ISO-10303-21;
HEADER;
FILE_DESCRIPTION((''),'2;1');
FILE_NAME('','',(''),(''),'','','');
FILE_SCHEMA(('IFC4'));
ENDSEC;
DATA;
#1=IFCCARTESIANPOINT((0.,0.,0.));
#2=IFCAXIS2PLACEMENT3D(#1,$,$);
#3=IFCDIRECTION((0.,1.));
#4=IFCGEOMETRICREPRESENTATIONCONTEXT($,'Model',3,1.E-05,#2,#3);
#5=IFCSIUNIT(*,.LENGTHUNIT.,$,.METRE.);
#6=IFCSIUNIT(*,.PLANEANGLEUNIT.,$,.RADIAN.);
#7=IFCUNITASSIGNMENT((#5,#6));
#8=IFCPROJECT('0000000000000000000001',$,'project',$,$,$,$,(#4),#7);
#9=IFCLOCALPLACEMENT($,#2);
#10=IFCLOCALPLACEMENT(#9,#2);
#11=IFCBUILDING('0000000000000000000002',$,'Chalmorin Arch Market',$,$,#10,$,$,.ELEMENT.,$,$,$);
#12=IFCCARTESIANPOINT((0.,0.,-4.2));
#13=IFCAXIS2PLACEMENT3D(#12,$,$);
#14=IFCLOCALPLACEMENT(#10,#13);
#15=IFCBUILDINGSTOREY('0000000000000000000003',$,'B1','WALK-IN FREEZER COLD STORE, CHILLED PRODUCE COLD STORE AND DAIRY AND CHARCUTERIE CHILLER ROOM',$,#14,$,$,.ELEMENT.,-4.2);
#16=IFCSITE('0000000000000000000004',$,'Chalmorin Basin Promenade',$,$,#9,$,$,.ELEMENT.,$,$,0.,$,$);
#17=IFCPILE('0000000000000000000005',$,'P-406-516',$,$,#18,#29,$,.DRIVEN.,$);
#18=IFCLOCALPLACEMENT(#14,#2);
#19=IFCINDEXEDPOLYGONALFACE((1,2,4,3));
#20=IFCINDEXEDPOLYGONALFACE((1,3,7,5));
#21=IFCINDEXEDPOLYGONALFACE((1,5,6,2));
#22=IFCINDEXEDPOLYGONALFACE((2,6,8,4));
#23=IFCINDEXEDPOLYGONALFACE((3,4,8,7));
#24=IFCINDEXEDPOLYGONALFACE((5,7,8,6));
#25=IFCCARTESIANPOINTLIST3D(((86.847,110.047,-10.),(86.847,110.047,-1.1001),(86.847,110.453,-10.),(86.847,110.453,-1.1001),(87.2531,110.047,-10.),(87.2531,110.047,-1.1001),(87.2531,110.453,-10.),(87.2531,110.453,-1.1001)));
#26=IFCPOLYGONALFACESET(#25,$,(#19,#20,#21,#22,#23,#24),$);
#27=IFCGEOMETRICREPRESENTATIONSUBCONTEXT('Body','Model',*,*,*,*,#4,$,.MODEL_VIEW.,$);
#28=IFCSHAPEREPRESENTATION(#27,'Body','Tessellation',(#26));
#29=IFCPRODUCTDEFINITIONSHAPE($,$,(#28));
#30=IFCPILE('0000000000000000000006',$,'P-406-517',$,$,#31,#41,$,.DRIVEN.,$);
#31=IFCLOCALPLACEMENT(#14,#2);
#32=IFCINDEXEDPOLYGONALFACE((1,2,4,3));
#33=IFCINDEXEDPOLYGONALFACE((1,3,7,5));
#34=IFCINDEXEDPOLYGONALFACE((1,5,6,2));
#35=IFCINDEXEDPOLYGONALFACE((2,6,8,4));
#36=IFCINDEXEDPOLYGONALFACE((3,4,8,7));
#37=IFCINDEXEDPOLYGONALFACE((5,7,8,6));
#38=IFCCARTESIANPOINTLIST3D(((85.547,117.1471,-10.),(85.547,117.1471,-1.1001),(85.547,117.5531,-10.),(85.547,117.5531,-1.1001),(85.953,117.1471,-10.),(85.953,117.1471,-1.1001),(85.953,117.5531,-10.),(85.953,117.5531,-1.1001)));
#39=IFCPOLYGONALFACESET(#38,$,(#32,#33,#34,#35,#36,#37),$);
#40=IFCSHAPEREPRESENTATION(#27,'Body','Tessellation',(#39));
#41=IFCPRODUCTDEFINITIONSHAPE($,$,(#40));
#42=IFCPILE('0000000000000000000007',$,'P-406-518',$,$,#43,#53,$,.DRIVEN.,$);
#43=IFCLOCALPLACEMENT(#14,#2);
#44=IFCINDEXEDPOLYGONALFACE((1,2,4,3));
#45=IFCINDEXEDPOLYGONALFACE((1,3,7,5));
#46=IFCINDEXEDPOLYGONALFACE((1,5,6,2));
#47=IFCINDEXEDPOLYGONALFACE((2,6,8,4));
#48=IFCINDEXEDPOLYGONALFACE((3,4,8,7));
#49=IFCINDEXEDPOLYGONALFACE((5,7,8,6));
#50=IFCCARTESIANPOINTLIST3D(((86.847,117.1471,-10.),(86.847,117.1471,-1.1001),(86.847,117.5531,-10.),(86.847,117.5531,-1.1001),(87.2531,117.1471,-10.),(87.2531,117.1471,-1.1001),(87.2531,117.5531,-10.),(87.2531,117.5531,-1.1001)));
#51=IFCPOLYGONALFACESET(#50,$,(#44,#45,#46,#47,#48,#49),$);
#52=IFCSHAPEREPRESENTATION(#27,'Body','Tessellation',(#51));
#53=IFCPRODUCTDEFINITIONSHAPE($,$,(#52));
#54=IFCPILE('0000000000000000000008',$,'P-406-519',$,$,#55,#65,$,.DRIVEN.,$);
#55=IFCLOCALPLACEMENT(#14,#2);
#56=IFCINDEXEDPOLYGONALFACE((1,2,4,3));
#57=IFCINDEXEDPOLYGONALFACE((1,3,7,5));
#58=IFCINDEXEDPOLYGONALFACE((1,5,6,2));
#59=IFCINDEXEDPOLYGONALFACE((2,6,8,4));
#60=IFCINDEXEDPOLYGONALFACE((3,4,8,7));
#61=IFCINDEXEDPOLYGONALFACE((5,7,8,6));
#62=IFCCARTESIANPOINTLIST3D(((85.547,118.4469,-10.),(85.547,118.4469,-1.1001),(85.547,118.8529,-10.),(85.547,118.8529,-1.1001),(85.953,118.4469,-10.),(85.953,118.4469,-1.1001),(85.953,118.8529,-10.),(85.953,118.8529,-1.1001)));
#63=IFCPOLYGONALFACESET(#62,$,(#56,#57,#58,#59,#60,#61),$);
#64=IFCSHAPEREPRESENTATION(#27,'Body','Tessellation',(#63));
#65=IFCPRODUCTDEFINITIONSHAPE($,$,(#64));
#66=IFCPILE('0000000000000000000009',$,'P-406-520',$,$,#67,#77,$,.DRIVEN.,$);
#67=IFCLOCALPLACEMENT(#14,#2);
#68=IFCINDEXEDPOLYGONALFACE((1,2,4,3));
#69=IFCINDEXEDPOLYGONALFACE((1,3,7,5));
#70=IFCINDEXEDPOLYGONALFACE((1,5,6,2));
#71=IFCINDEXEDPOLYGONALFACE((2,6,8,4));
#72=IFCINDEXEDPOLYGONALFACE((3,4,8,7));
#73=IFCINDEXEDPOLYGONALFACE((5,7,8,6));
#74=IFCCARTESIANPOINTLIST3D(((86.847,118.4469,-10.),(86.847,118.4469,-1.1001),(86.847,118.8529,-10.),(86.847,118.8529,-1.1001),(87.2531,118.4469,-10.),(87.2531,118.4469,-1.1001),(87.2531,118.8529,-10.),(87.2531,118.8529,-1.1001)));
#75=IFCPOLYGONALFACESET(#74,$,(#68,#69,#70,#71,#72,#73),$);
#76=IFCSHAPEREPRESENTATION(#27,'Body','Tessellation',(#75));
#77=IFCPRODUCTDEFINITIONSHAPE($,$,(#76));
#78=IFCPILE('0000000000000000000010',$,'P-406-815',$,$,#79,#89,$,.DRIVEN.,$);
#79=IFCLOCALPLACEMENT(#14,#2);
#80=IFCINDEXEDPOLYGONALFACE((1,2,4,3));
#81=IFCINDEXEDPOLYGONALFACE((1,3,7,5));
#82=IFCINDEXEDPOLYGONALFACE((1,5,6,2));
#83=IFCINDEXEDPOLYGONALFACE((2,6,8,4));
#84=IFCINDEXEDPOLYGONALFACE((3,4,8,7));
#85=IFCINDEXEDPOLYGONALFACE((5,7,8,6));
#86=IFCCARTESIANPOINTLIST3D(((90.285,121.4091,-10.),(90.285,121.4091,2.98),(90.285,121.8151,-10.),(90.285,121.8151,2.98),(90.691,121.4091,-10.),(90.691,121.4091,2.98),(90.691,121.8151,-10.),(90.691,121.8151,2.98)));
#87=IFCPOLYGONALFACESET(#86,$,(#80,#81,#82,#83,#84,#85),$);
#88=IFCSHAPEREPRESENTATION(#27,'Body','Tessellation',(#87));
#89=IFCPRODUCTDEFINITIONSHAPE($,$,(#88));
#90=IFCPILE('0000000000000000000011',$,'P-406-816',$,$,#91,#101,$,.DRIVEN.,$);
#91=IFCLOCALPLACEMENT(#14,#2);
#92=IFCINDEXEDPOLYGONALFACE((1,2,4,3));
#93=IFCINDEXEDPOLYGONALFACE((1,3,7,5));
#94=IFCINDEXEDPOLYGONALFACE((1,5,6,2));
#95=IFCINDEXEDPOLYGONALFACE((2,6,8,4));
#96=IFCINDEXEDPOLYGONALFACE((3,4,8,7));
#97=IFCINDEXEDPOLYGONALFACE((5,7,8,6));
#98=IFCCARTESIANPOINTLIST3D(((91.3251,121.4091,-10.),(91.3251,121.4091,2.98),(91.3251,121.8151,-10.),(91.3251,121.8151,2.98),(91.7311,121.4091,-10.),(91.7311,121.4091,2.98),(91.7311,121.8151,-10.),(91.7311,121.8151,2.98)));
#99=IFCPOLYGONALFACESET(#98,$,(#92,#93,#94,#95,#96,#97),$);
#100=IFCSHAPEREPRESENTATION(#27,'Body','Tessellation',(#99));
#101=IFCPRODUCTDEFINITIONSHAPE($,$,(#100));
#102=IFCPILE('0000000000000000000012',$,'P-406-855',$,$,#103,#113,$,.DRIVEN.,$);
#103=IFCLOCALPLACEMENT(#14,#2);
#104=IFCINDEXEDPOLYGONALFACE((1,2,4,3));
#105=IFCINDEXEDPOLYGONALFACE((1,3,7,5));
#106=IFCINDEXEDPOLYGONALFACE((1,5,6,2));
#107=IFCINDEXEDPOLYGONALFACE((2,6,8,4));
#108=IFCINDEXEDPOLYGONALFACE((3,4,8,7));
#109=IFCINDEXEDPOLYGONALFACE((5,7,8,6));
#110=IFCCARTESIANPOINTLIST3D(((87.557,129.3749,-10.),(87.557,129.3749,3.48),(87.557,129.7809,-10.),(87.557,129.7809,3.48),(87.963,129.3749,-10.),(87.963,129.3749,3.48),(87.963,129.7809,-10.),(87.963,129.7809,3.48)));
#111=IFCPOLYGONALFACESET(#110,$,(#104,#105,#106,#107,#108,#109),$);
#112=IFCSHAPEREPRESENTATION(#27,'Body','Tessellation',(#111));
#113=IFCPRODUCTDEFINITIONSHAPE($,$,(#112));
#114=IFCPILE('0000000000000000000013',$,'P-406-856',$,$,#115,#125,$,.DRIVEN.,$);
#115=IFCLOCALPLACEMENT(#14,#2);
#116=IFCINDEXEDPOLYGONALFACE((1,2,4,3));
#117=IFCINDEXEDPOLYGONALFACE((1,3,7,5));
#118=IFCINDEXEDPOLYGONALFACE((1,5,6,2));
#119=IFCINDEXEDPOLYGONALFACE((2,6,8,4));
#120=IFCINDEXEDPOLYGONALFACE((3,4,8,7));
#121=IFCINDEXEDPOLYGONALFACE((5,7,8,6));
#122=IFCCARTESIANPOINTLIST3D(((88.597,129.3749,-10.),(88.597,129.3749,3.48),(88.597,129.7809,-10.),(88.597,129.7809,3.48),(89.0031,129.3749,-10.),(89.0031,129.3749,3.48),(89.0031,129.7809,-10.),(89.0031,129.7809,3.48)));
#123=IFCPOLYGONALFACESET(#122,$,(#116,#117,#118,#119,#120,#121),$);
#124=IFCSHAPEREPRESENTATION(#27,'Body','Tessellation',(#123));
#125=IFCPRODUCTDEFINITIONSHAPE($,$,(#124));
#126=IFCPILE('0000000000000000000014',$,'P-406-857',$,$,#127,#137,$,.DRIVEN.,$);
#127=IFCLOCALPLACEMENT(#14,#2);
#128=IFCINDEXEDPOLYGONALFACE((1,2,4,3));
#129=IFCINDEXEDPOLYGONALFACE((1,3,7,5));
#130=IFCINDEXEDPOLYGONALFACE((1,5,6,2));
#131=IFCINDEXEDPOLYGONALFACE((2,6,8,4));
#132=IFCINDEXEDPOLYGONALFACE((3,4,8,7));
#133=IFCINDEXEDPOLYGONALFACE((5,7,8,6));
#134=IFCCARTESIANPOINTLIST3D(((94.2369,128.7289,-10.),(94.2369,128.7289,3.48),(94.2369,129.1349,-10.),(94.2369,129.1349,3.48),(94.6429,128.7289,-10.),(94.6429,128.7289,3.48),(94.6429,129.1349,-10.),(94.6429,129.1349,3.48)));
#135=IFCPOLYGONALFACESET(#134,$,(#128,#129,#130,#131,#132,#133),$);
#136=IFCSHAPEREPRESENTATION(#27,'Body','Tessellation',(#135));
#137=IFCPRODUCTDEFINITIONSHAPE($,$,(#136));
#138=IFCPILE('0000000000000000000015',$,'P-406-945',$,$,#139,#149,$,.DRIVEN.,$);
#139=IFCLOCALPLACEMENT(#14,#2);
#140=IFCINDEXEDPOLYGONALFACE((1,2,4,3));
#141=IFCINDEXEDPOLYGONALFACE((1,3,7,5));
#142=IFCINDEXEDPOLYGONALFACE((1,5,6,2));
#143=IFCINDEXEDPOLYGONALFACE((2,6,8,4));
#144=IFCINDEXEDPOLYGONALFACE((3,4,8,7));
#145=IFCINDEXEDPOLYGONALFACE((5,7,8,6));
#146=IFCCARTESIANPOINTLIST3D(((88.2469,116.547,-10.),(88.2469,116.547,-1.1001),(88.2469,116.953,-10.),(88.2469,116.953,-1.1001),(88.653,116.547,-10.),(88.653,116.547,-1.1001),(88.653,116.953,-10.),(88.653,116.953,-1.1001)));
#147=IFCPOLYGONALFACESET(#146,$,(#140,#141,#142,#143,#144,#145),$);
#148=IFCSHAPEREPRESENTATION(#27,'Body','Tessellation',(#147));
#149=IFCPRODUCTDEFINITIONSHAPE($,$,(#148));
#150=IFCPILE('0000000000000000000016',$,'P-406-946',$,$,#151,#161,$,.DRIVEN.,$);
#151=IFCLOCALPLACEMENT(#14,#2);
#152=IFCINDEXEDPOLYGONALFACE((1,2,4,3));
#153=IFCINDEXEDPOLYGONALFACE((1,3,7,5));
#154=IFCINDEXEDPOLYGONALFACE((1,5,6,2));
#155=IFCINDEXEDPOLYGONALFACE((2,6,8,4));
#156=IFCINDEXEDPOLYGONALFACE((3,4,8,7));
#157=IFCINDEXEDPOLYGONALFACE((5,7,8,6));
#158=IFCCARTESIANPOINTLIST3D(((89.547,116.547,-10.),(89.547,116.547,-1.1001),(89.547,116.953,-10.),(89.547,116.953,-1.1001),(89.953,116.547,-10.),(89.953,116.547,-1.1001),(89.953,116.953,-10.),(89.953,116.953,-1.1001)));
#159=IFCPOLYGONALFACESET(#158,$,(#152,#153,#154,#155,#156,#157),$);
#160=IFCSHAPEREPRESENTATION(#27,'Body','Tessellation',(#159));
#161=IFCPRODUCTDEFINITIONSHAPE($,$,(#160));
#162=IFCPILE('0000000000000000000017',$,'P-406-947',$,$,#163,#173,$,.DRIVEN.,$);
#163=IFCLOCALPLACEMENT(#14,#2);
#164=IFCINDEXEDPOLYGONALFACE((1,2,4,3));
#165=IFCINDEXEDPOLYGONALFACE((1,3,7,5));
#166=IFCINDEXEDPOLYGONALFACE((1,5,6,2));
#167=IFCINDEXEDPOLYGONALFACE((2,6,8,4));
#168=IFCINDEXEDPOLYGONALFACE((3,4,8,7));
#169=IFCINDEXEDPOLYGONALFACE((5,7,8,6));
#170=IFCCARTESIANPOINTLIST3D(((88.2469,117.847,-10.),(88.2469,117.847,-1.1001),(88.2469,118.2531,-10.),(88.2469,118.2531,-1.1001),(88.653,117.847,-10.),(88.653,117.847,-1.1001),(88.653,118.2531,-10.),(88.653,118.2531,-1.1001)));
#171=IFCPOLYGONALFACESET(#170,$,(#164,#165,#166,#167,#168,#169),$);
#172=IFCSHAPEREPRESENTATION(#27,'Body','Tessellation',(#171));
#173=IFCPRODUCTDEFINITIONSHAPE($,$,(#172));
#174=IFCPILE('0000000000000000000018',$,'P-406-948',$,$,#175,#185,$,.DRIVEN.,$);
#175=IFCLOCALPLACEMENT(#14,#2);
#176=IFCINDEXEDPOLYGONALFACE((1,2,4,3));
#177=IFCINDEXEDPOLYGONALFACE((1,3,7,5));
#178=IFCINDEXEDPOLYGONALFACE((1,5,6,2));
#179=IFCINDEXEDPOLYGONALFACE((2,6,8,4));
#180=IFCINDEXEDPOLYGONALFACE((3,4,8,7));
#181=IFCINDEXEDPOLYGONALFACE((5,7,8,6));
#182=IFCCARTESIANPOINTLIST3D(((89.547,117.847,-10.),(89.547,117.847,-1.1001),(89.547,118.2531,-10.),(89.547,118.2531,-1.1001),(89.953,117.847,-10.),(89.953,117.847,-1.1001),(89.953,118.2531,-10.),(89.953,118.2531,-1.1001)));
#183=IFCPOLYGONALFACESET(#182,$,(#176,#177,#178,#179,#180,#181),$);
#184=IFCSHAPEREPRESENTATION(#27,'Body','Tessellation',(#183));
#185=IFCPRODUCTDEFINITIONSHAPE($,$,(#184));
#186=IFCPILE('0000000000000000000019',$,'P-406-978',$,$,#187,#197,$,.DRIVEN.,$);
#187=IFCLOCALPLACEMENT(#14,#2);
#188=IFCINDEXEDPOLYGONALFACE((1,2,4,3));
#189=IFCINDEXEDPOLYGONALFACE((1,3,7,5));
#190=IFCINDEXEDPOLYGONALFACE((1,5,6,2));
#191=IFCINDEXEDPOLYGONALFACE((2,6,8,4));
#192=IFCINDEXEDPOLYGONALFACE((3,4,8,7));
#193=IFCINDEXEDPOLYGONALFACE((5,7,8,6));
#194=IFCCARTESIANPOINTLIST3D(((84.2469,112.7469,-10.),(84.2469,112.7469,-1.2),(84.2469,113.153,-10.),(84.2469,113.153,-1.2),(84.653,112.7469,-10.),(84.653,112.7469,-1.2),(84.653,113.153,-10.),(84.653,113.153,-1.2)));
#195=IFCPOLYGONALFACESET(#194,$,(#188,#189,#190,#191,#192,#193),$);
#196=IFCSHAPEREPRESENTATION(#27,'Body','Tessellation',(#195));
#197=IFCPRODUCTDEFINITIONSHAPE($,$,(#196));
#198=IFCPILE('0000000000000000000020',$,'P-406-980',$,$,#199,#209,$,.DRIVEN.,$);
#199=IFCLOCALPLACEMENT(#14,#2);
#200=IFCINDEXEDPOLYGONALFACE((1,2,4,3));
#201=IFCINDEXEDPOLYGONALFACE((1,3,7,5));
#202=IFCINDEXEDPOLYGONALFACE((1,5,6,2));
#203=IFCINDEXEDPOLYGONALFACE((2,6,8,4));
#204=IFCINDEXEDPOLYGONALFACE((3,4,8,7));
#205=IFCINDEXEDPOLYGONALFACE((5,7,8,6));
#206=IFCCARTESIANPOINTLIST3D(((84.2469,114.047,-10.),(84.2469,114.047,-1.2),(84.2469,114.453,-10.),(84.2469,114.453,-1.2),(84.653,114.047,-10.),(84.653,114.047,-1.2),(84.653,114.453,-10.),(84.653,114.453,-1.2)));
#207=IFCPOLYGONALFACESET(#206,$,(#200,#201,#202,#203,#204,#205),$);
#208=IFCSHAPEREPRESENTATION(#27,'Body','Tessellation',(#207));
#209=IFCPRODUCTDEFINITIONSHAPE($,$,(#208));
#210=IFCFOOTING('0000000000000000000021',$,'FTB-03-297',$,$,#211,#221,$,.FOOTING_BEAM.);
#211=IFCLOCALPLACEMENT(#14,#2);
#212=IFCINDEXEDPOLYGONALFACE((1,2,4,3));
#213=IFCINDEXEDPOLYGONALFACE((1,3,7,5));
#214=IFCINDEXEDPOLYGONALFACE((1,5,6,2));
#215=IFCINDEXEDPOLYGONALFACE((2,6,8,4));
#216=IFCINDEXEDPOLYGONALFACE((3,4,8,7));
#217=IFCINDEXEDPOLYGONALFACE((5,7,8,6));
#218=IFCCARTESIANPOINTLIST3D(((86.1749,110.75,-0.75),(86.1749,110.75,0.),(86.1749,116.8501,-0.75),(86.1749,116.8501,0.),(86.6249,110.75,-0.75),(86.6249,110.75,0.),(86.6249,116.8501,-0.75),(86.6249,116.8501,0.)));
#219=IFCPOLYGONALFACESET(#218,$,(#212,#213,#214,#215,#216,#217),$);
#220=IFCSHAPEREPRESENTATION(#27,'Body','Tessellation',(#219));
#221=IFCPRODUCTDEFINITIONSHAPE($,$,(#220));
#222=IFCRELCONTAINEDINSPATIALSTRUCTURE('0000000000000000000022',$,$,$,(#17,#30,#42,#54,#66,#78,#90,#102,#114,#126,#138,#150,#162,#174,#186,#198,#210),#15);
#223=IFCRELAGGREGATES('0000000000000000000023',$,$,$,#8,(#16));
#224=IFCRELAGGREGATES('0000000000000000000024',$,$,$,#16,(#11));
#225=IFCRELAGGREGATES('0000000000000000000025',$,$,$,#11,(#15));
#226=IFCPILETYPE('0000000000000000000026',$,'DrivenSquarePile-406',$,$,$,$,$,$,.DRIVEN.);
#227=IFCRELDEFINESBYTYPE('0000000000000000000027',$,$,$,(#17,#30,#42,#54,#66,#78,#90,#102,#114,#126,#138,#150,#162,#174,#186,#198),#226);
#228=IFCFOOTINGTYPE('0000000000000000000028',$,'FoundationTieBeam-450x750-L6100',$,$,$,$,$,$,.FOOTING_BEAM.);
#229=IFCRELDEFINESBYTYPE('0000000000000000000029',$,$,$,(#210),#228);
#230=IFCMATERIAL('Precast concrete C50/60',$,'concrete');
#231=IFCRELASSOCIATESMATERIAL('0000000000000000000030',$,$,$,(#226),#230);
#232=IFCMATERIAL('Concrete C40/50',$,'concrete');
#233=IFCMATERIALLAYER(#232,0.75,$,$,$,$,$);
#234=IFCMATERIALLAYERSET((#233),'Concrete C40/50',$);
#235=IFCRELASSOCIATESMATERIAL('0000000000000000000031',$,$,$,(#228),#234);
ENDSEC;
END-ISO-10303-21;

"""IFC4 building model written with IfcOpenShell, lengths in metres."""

from ifc_helpers import new_model, si_unit, direction, frame, origin, origin_2d, place, context, subcontext, project, spatial, rectangle, extrude, material, layer, layer_set, material_profile, profile_set, type_object, element, save


model = new_model("IFC4")

# Units and contexts
model_context = context("Model", 3, precision=1e-05, world=origin(), true_north=direction((0.0, 1.0)))
body_context = subcontext(model_context, "Body", "Model", "MODEL_VIEW")
ifc_project = project(units=[si_unit("LENGTHUNIT", "METRE"), si_unit("PLANEANGLEUNIT", "RADIAN")], contexts=[model_context])

# Site, building, storey
site_placement = place(None, origin())
site = spatial("IfcSite", under=ifc_project, at=site_placement, Name="Chalmorin Basin Promenade", CompositionType="ELEMENT", RefElevation=0.0)
building_placement = place(site_placement, origin())
building = spatial("IfcBuilding", under=site, at=building_placement, Name="Chalmorin Arch Market", CompositionType="ELEMENT")
storey_placement = place(building_placement, frame((0.0, 0.0, -4.2)))
storey = spatial("IfcBuildingStorey", under=building, at=storey_placement, Name="B1", Description="WALK-IN FREEZER COLD STORE, CHILLED PRODUCE COLD STORE AND DAIRY AND CHARCUTERIE CHILLER ROOM", CompositionType="ELEMENT", Elevation=-4.2)

# Piles
ifc_material_1 = material(Name="Precast concrete C50/60", Category="concrete")
ifc_material_profile_1 = material_profile(ifc_material_1, rectangle(XDim=0.406, YDim=0.406, at=origin_2d()), Name="PPC406")
ifc_profile_set_1 = profile_set([ifc_material_profile_1], Name="Precast concrete C50/60")
pile_type = type_object("IfcPileType", Name="DrivenSquarePile-406", PredefinedType="DRIVEN", material=ifc_profile_set_1)
for number, where, z_axis, x_axis, name in (
    (1, (87.05, 110.25, -1.1001), (0.0, 0.0, -1.0), (1.0, 0.0, 0.0), "P-406-516"),
    (2, (85.75, 117.3501, -1.1001), (0.0, 0.0, -1.0), (1.0, 0.0, 0.0), "P-406-517"),
    (3, (87.05, 117.3501, -1.1001), (0.0, 0.0, -1.0), (1.0, 0.0, 0.0), "P-406-518"),
    (4, (85.75, 118.6499, -1.1001), (0.0, 0.0, -1.0), (1.0, 0.0, 0.0), "P-406-519"),
    (5, (87.05, 118.6499, -1.1001), (0.0, 0.0, -1.0), (1.0, 0.0, 0.0), "P-406-520"),
):
    element("IfcPile", number, at=place(storey_placement, frame(where, z_axis=z_axis, x_axis=x_axis)), inside=storey, type_object=pile_type, Name=name, PredefinedType="DRIVEN", context=body_context, shape_type="SweptSolid", body=[
        extrude(rectangle(XDim=0.406, YDim=0.406, at=origin_2d()), origin(), (0.0, 0.0, 1.0), 8.8999),
    ])
for number, where, z_axis, x_axis, name in (
    (6, (90.488, 121.6121, 2.98), (0.0, 0.0, -1.0), (1.0, 0.0, 0.0), "P-406-815"),
    (7, (91.5281, 121.6121, 2.98), (0.0, 0.0, -1.0), (1.0, 0.0, 0.0), "P-406-816"),
):
    element("IfcPile", number, at=place(storey_placement, frame(where, z_axis=z_axis, x_axis=x_axis)), inside=storey, type_object=pile_type, Name=name, PredefinedType="DRIVEN", context=body_context, shape_type="SweptSolid", body=[
        extrude(rectangle(XDim=0.406, YDim=0.406, at=origin_2d()), origin(), (0.0, 0.0, 1.0), 12.98),
    ])
for number, where, z_axis, x_axis, name in (
    (8, (87.76, 129.5779, 3.48), (0.0, 0.0, -1.0), (1.0, 0.0, 0.0), "P-406-855"),
    (9, (88.8, 129.5779, 3.48), (0.0, 0.0, -1.0), (1.0, 0.0, 0.0), "P-406-856"),
    (10, (94.4399, 128.9319, 3.48), (0.0, 0.0, -1.0), (1.0, 0.0, 0.0), "P-406-857"),
):
    element("IfcPile", number, at=place(storey_placement, frame(where, z_axis=z_axis, x_axis=x_axis)), inside=storey, type_object=pile_type, Name=name, PredefinedType="DRIVEN", context=body_context, shape_type="SweptSolid", body=[
        extrude(rectangle(XDim=0.406, YDim=0.406, at=origin_2d()), origin(), (0.0, 0.0, 1.0), 13.48),
    ])
for number, where, z_axis, x_axis, name in (
    (11, (88.45, 116.75, -1.1001), (0.0, 0.0, -1.0), (1.0, 0.0, 0.0), "P-406-945"),
    (12, (89.75, 116.75, -1.1001), (0.0, 0.0, -1.0), (1.0, 0.0, 0.0), "P-406-946"),
    (13, (88.45, 118.05, -1.1001), (0.0, 0.0, -1.0), (1.0, 0.0, 0.0), "P-406-947"),
    (14, (89.75, 118.05, -1.1001), (0.0, 0.0, -1.0), (1.0, 0.0, 0.0), "P-406-948"),
):
    element("IfcPile", number, at=place(storey_placement, frame(where, z_axis=z_axis, x_axis=x_axis)), inside=storey, type_object=pile_type, Name=name, PredefinedType="DRIVEN", context=body_context, shape_type="SweptSolid", body=[
        extrude(rectangle(XDim=0.406, YDim=0.406, at=origin_2d()), origin(), (0.0, 0.0, 1.0), 8.8999),
    ])
for number, where, z_axis, x_axis, name in (
    (15, (84.45, 112.95, -1.2), (0.0, 0.0, -1.0), (1.0, 0.0, 0.0), "P-406-978"),
    (16, (84.45, 114.25, -1.2), (0.0, 0.0, -1.0), (1.0, 0.0, 0.0), "P-406-980"),
):
    element("IfcPile", number, at=place(storey_placement, frame(where, z_axis=z_axis, x_axis=x_axis)), inside=storey, type_object=pile_type, Name=name, PredefinedType="DRIVEN", context=body_context, shape_type="SweptSolid", body=[
        extrude(rectangle(XDim=0.406, YDim=0.406, at=origin_2d()), origin(), (0.0, 0.0, 1.0), 8.8),
    ])

# Footing
ifc_material_2 = material(Name="Concrete C40/50", Category="concrete")
ifc_layer_1 = layer(ifc_material_2, 0.75)
ifc_layer_set_1 = layer_set([ifc_layer_1], Name="Concrete C40/50")
footing_type_1 = type_object("IfcFootingType", Name="FoundationTieBeam-450x750-L6100", PredefinedType="FOOTING_BEAM", material=ifc_layer_set_1)
footing_1_placement = place(storey_placement, frame((86.3999, 113.8, -0.75), z_axis=(0.0, 0.0, 1.0), x_axis=(0.0, 1.0, 0.0)))
element("IfcFooting", 17, at=footing_1_placement, inside=storey, type_object=footing_type_1, Name="FTB-03-297", PredefinedType="FOOTING_BEAM", context=body_context, shape_type="SweptSolid", body=[
    extrude(rectangle(XDim=6.1001, YDim=0.45, at=origin_2d()), origin(), (0.0, 0.0, 1.0), 0.75),
])

save(model, "model.ifc")
